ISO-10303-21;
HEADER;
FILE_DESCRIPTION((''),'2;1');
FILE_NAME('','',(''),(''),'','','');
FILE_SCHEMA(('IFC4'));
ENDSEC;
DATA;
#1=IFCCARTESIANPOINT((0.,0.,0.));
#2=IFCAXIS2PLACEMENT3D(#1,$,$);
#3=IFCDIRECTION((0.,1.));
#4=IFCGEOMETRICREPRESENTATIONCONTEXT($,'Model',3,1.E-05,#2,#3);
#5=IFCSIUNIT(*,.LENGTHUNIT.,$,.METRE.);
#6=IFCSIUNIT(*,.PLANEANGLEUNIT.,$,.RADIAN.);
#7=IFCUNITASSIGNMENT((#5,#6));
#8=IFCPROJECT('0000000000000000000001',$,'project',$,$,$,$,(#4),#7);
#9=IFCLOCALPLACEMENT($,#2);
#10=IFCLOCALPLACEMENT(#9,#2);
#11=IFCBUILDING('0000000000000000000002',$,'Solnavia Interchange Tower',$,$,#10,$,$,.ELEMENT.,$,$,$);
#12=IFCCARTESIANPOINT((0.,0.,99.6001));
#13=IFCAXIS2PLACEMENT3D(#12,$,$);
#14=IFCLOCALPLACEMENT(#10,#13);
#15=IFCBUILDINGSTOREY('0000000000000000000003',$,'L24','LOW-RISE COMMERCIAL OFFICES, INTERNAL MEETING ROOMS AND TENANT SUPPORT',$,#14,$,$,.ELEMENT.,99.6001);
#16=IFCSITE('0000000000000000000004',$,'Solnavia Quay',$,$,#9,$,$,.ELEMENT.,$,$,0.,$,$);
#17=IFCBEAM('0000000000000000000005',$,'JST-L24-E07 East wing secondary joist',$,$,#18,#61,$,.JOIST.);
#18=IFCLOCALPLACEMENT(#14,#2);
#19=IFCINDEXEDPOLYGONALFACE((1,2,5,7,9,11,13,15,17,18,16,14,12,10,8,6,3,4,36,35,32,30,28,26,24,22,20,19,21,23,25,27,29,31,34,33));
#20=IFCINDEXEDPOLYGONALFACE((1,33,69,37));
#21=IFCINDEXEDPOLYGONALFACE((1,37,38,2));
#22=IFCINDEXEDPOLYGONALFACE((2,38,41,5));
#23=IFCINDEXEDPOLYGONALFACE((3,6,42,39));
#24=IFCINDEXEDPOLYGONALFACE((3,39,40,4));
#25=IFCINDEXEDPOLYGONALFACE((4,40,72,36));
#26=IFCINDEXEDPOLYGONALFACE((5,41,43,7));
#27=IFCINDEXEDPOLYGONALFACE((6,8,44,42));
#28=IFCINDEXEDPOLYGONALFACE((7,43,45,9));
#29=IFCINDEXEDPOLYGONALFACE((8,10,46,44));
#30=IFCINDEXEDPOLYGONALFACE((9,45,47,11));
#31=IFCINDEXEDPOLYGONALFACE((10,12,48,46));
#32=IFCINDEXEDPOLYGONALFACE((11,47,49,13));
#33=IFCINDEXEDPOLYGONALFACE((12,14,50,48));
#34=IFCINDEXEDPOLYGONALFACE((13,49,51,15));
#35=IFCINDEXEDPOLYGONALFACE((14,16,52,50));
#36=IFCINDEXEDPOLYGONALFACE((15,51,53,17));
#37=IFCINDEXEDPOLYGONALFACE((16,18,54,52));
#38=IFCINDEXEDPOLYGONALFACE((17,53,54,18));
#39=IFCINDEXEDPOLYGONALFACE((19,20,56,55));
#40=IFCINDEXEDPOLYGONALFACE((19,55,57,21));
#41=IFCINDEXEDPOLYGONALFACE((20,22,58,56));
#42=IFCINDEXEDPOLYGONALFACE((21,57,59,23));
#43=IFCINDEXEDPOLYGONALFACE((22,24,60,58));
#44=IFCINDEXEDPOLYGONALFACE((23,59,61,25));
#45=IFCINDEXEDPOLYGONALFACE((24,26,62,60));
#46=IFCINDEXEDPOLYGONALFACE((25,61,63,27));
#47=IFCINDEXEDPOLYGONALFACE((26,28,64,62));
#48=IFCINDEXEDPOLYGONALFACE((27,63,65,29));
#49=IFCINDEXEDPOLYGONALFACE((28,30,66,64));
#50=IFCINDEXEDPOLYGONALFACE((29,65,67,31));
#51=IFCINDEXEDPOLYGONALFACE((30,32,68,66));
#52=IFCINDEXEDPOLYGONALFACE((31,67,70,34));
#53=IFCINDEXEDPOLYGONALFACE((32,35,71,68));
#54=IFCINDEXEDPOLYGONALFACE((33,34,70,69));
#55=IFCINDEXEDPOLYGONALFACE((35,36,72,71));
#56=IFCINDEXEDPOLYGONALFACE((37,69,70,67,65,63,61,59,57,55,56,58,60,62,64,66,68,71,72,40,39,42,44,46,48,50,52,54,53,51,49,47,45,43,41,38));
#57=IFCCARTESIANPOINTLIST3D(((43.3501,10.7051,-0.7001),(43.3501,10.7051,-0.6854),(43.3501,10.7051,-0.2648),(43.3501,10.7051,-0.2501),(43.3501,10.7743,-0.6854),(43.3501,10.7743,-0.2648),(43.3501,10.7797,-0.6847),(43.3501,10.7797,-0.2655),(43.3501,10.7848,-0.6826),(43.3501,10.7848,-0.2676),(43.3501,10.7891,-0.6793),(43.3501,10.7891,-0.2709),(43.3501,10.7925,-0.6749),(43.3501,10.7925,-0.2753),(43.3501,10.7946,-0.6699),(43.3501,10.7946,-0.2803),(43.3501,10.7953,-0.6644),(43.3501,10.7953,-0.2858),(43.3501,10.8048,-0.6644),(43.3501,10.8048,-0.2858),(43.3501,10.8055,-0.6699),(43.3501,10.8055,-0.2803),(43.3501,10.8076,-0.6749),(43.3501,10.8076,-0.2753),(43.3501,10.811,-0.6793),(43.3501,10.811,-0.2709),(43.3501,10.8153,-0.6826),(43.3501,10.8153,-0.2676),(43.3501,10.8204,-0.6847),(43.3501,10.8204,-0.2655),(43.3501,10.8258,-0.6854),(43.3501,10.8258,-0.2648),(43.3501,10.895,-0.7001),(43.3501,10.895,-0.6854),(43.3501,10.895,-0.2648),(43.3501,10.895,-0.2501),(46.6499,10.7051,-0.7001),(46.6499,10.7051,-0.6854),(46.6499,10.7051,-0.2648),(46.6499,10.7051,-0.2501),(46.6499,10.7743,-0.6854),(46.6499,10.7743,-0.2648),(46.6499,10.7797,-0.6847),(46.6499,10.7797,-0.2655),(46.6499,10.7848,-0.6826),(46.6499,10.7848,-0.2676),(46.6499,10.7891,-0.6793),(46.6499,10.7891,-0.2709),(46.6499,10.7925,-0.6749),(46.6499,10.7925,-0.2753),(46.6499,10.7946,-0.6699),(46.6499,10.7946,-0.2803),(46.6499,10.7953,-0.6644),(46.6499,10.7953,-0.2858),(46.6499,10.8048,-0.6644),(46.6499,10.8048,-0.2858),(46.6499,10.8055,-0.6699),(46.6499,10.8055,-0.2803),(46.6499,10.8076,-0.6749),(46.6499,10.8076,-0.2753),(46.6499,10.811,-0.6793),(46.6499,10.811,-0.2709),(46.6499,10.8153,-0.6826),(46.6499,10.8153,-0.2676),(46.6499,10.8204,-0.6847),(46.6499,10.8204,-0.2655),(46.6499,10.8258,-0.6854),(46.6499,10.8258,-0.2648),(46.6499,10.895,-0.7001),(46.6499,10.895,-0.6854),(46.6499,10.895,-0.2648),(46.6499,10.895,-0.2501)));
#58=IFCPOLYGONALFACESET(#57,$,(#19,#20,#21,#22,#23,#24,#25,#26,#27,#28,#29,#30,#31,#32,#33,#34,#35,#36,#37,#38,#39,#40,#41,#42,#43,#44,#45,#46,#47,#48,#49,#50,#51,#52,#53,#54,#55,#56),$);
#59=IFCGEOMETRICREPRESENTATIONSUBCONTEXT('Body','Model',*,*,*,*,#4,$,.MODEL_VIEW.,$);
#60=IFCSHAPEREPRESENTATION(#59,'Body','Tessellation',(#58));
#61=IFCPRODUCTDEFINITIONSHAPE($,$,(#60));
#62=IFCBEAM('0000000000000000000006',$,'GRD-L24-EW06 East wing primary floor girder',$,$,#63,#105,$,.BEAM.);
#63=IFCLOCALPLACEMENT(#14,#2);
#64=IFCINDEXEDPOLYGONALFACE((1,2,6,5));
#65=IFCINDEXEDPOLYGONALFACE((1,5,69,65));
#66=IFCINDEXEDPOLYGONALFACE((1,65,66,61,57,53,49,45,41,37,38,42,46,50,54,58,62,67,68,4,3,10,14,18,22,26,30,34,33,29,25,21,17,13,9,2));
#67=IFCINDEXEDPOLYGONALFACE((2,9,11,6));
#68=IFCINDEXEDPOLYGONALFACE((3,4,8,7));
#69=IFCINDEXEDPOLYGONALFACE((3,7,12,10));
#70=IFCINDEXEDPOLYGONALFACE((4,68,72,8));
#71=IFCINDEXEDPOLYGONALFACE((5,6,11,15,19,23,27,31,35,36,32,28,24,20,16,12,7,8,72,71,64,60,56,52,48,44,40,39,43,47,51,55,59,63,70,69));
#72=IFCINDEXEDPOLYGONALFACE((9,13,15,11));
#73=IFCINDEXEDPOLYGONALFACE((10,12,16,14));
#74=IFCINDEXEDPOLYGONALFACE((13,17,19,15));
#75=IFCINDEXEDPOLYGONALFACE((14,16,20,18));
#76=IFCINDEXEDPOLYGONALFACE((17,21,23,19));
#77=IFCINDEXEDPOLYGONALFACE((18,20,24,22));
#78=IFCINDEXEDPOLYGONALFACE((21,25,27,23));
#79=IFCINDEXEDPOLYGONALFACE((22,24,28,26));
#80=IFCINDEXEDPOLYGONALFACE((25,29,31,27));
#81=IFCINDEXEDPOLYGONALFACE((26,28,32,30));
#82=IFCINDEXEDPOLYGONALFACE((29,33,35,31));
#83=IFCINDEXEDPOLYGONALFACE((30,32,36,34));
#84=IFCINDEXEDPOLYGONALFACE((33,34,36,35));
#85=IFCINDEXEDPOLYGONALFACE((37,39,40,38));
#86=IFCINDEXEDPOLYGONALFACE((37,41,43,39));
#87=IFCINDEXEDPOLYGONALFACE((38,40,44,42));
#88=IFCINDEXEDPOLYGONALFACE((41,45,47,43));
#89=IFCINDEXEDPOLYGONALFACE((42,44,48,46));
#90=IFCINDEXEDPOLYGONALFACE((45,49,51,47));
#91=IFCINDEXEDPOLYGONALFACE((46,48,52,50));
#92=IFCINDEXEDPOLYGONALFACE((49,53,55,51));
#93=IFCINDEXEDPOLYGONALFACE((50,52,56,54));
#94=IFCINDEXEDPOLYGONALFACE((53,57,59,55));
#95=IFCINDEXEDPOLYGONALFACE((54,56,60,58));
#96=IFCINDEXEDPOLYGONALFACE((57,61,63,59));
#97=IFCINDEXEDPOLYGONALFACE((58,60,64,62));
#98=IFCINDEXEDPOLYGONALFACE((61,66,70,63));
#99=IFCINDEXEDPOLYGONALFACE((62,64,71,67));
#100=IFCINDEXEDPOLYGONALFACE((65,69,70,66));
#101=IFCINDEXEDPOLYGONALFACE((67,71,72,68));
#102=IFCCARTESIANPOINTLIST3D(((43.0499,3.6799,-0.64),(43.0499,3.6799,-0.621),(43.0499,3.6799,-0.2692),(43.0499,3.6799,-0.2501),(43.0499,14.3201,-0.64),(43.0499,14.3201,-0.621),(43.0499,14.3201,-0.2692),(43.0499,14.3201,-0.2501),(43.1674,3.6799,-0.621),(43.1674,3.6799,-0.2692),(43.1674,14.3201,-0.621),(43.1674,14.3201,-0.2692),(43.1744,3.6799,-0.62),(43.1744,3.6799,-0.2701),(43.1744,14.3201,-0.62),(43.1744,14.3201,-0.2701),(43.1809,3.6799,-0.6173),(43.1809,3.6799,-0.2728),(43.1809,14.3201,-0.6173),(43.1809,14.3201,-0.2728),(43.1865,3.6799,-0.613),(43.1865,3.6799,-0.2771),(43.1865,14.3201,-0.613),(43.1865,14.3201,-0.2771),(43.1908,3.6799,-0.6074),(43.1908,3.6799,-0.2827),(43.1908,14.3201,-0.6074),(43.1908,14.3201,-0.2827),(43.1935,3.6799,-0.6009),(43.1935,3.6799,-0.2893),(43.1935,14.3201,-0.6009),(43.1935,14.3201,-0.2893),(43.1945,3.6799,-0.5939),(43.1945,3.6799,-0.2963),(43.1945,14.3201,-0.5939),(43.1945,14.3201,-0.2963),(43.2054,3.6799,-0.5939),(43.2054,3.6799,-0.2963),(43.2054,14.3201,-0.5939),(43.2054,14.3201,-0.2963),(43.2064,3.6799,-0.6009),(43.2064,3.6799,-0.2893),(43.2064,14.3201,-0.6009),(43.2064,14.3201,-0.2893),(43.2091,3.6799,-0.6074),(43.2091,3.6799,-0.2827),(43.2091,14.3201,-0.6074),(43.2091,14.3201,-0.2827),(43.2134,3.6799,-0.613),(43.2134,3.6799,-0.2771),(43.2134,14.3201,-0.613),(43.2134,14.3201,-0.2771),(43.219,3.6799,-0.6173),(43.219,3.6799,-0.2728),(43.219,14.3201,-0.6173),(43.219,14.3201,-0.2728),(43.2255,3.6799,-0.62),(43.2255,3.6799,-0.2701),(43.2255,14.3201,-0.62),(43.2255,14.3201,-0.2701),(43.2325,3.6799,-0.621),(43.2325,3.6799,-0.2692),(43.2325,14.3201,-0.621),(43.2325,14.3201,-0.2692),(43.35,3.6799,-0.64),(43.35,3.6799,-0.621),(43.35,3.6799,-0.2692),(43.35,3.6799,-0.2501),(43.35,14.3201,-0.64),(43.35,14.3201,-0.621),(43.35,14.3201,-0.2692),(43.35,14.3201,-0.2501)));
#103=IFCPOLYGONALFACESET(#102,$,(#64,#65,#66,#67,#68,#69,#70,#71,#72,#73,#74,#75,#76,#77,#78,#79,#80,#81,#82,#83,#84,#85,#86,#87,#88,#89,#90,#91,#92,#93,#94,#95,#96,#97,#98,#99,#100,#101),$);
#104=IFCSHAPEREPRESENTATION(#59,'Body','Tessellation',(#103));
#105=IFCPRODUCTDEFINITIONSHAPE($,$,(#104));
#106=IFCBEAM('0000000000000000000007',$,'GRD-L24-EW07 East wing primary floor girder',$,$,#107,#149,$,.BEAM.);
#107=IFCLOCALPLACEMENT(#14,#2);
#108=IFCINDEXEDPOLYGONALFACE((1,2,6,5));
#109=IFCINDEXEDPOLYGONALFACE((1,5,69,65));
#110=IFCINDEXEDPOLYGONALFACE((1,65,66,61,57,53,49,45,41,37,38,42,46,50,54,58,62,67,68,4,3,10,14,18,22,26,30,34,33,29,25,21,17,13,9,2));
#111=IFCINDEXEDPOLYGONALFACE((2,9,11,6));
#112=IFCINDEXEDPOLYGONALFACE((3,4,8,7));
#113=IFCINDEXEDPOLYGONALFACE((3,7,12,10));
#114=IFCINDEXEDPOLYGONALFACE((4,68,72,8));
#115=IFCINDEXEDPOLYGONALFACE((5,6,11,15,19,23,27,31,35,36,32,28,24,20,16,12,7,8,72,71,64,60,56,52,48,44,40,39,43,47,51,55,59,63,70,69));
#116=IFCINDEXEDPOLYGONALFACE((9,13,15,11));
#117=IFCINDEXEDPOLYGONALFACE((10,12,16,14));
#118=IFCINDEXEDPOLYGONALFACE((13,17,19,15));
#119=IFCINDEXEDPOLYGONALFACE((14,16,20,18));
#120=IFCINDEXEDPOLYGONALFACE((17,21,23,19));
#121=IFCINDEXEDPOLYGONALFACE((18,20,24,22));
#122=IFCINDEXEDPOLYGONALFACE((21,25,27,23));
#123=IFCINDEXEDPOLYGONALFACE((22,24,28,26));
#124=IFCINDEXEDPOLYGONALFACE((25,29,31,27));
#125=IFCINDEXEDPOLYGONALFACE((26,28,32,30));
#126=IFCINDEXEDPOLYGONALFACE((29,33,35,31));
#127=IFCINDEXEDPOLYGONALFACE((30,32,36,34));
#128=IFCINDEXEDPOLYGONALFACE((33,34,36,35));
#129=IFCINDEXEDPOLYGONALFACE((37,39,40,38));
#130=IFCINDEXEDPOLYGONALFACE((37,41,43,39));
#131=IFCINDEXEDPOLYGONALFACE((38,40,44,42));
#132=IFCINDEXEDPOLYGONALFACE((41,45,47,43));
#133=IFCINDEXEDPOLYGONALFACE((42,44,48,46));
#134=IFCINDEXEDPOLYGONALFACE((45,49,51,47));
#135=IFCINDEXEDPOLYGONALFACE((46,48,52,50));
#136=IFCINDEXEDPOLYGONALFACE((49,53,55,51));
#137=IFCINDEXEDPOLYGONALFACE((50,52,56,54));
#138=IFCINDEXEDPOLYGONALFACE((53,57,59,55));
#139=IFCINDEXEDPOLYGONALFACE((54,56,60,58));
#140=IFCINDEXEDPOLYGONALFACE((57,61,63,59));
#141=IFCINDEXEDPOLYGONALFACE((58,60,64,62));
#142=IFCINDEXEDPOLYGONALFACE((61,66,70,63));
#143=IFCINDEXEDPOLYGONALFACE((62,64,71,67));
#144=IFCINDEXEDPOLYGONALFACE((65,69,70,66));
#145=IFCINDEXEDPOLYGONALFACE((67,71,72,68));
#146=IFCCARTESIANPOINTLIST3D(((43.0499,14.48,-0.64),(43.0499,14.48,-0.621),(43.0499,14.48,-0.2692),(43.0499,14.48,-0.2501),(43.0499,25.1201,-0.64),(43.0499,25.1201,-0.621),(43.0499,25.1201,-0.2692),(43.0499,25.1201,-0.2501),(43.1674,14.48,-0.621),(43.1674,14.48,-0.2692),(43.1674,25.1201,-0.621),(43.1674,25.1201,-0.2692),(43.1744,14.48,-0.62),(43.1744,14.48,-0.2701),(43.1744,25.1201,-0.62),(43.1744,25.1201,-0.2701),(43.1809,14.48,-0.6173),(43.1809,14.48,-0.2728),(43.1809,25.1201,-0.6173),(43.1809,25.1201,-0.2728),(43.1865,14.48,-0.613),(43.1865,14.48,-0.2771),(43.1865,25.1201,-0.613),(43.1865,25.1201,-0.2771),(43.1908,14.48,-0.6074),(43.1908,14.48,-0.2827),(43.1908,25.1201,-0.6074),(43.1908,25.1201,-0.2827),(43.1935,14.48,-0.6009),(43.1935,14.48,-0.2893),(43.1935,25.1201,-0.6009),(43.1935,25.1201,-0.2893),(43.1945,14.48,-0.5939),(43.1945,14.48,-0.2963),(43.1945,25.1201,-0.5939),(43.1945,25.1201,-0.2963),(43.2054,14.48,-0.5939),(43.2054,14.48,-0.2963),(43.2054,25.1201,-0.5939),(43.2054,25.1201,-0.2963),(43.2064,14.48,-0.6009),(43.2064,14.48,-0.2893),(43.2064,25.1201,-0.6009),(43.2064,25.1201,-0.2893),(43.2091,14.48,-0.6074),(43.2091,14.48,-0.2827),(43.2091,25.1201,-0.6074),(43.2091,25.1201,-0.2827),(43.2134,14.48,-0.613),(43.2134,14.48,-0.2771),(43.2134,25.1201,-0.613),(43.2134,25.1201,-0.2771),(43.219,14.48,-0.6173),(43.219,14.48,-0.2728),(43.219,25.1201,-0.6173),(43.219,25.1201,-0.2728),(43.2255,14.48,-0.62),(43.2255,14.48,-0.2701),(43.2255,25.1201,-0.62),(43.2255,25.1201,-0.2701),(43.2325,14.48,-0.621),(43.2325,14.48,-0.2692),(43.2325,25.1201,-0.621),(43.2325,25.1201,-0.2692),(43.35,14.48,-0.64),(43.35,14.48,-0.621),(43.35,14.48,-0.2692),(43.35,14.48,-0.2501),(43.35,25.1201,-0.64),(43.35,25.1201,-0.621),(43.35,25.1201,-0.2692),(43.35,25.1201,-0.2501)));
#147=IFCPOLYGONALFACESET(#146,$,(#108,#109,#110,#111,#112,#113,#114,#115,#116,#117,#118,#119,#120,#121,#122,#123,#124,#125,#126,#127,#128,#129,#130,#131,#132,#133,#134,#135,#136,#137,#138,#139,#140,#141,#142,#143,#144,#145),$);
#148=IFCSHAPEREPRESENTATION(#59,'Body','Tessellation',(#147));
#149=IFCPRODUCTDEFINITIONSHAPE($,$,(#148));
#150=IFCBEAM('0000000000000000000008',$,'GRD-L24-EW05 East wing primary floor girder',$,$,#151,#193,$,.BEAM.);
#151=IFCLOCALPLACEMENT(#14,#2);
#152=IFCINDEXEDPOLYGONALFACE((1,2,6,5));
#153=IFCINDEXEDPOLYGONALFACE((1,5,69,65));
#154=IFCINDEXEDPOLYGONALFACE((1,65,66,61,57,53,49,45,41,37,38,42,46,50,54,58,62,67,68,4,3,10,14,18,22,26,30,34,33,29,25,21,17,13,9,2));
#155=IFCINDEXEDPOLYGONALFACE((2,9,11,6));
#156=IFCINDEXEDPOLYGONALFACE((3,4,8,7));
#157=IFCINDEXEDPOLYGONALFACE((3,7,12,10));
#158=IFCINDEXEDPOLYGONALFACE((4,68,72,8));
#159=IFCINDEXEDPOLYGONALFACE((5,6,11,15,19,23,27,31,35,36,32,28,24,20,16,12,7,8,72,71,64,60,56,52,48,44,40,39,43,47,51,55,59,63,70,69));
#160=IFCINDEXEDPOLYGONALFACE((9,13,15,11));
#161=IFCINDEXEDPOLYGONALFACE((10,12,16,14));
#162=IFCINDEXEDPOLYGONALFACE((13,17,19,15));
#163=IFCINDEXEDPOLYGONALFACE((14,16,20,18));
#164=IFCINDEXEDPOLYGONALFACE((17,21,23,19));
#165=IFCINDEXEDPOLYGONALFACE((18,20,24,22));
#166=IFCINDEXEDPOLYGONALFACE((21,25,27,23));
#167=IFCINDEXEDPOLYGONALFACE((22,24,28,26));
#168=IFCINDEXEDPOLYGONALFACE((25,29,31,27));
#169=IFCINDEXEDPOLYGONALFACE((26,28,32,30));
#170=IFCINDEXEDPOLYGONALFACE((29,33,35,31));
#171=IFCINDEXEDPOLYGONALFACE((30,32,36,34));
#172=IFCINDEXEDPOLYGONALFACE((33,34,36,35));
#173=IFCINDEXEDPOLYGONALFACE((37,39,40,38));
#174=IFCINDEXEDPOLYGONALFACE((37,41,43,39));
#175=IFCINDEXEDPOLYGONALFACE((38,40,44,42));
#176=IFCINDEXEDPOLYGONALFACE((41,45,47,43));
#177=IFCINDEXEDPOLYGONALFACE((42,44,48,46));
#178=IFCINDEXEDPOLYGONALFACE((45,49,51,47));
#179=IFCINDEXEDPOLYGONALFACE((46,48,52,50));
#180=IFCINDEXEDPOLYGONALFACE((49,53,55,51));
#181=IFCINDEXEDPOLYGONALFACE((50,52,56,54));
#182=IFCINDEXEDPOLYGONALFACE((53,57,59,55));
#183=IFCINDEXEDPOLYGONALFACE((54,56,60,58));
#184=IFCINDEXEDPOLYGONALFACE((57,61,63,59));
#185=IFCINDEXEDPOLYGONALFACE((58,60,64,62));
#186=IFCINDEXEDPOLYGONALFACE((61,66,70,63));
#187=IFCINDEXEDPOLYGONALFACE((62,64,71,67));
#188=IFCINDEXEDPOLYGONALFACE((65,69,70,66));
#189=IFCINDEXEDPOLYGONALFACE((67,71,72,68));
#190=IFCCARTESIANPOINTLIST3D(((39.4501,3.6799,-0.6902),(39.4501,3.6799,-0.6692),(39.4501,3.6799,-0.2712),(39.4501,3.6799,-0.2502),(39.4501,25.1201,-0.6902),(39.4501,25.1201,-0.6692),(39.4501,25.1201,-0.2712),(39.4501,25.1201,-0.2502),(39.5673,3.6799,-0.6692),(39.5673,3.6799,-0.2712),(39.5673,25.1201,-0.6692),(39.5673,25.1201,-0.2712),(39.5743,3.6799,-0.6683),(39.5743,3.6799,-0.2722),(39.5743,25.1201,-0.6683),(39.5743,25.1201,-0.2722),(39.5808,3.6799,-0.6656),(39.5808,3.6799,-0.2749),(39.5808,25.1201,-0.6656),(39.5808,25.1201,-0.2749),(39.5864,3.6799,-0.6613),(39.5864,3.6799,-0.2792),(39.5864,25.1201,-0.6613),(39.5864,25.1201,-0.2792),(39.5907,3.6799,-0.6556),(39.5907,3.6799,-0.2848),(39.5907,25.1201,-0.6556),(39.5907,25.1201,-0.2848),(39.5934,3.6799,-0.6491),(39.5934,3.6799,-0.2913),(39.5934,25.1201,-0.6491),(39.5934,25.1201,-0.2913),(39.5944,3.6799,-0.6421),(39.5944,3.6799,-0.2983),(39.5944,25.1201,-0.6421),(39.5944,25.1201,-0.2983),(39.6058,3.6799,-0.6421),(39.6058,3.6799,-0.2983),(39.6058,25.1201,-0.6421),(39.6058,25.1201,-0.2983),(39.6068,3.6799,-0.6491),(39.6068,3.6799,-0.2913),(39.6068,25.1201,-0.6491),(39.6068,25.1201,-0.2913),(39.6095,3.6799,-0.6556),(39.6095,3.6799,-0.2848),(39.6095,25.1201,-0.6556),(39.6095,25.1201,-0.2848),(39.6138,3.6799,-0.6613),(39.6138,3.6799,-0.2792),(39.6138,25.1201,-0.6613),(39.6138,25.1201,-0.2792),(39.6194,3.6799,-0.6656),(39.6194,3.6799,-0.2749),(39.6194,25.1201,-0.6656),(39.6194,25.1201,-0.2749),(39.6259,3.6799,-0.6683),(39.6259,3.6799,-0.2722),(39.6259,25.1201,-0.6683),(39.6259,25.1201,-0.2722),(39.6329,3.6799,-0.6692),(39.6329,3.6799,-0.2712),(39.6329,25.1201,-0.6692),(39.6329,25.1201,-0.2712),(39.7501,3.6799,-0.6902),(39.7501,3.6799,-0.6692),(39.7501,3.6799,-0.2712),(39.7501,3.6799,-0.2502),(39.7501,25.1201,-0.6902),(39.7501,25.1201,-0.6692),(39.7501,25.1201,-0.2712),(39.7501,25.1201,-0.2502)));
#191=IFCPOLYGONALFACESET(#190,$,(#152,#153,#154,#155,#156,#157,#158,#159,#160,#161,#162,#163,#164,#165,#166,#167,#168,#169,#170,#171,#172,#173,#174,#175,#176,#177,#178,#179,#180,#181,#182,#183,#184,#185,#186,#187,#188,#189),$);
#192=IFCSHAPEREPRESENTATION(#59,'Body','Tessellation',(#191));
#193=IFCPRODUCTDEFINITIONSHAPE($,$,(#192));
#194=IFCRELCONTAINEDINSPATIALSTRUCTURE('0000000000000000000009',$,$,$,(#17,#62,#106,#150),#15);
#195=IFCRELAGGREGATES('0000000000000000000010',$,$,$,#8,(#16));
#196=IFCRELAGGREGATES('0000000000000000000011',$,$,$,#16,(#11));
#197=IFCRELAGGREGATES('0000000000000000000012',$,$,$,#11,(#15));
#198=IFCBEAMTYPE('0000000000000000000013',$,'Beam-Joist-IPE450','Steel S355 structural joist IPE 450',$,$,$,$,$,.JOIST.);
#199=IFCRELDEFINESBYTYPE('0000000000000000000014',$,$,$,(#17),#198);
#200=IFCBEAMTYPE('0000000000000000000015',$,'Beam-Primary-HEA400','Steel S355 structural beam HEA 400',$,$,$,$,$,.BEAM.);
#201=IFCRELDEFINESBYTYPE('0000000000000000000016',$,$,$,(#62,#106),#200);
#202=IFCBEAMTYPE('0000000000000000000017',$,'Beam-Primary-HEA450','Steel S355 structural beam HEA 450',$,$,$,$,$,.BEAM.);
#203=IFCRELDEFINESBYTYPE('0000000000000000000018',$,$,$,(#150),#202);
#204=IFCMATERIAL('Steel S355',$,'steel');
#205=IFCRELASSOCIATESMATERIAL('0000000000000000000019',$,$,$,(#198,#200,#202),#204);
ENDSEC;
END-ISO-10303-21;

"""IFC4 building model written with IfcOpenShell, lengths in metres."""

from ifc_helpers import new_model, si_unit, direction, frame, origin, origin_2d, place, context, subcontext, project, spatial, i_section, extrude, material, material_profile, profile_set, type_object, element, save


model = new_model("IFC4")

# Units and contexts
model_context = context("Model", 3, precision=1e-05, world=origin(), true_north=direction((0.0, 1.0)))
body_context = subcontext(model_context, "Body", "Model", "MODEL_VIEW")
ifc_project = project(units=[si_unit("LENGTHUNIT", "METRE"), si_unit("PLANEANGLEUNIT", "RADIAN")], contexts=[model_context])

# Site, building, storey
site_placement = place(None, origin())
site = spatial("IfcSite", under=ifc_project, at=site_placement, Name="Solnavia Quay", CompositionType="ELEMENT", RefElevation=0.0)
building_placement = place(site_placement, origin())
building = spatial("IfcBuilding", under=site, at=building_placement, Name="Solnavia Interchange Tower", CompositionType="ELEMENT")
storey_placement = place(building_placement, frame((0.0, 0.0, 99.6001)))
storey = spatial("IfcBuildingStorey", under=building, at=storey_placement, Name="L24", Description="LOW-RISE COMMERCIAL OFFICES, INTERNAL MEETING ROOMS AND TENANT SUPPORT", CompositionType="ELEMENT", Elevation=99.6001)

# Shared definitions
ifc_material_1 = material(Name="Steel S355", Category="steel")

# Beams
ifc_material_profile_1 = material_profile(ifc_material_1, i_section(OverallWidth=0.1899, OverallDepth=0.45, WebThickness=0.0095, FlangeThickness=0.0146, FilletRadius=0.021, at=origin_2d()), Name="IPE 450")
ifc_profile_set_1 = profile_set([ifc_material_profile_1], Name="Steel S355")
beam_type_1 = type_object("IfcBeamType", Name="Beam-Joist-IPE450", Description="Steel S355 structural joist IPE 450", PredefinedType="JOIST", material=ifc_profile_set_1)
beam_1_placement = place(storey_placement, frame((43.3501, 10.8, -0.4751), z_axis=(1.0, 0.0, 0.0), x_axis=(0.0, 1.0, 0.0)))
element("IfcBeam", 1, at=beam_1_placement, inside=storey, type_object=beam_type_1, Name="JST-L24-E07 East wing secondary joist", PredefinedType="JOIST", context=body_context, shape_type="SweptSolid", body=[
    extrude(i_section(OverallWidth=0.1899, OverallDepth=0.45, WebThickness=0.0095, FlangeThickness=0.0146, FilletRadius=0.021, at=origin_2d()), origin(), (0.0, 0.0, 1.0), 3.2998),
])
ifc_material_profile_2 = material_profile(ifc_material_1, i_section(OverallWidth=0.3, OverallDepth=0.3899, WebThickness=0.011, FlangeThickness=0.019, FilletRadius=0.0271, at=origin_2d()), Name="HEA 400")
ifc_profile_set_2 = profile_set([ifc_material_profile_2], Name="Steel S355")
beam_type_2 = type_object("IfcBeamType", Name="Beam-Primary-HEA400", Description="Steel S355 structural beam HEA 400", PredefinedType="BEAM", material=ifc_profile_set_2)
for number, where, z_axis, x_axis, name in (
    (2, (43.2, 3.6799, -0.4451), (0.0, 1.0, 0.0), (-1.0, 0.0, 0.0), "GRD-L24-EW06 East wing primary floor girder"),
    (3, (43.2, 14.48, -0.4451), (0.0, 1.0, 0.0), (-1.0, 0.0, 0.0), "GRD-L24-EW07 East wing primary floor girder"),
):
    element("IfcBeam", number, at=place(storey_placement, frame(where, z_axis=z_axis, x_axis=x_axis)), inside=storey, type_object=beam_type_2, Name=name, PredefinedType="BEAM", context=body_context, shape_type="SweptSolid", body=[
        extrude(i_section(OverallWidth=0.3, OverallDepth=0.3899, WebThickness=0.011, FlangeThickness=0.019, FilletRadius=0.0271, at=origin_2d()), origin(), (0.0, 0.0, 1.0), 10.6401),
    ])
ifc_material_profile_3 = material_profile(ifc_material_1, i_section(OverallWidth=0.3, OverallDepth=0.4399, WebThickness=0.0115, FlangeThickness=0.021, FilletRadius=0.0271, at=origin_2d()), Name="HEA 450")
ifc_profile_set_3 = profile_set([ifc_material_profile_3], Name="Steel S355")
beam_type_3 = type_object("IfcBeamType", Name="Beam-Primary-HEA450", Description="Steel S355 structural beam HEA 450", PredefinedType="BEAM", material=ifc_profile_set_3)
for number, where, z_axis, x_axis, name in (
    (4, (39.6001, 3.6799, -0.4702), (0.0, 1.0, 0.0), (-1.0, 0.0, 0.0), "GRD-L24-EW05 East wing primary floor girder"),
):
    element("IfcBeam", number, at=place(storey_placement, frame(where, z_axis=z_axis, x_axis=x_axis)), inside=storey, type_object=beam_type_3, Name=name, PredefinedType="BEAM", context=body_context, shape_type="SweptSolid", body=[
        extrude(i_section(OverallWidth=0.3, OverallDepth=0.4399, WebThickness=0.0115, FlangeThickness=0.021, FilletRadius=0.0271, at=origin_2d()), origin(), (0.0, 0.0, 1.0), 21.4402),
    ])

save(model, "model.ifc")
